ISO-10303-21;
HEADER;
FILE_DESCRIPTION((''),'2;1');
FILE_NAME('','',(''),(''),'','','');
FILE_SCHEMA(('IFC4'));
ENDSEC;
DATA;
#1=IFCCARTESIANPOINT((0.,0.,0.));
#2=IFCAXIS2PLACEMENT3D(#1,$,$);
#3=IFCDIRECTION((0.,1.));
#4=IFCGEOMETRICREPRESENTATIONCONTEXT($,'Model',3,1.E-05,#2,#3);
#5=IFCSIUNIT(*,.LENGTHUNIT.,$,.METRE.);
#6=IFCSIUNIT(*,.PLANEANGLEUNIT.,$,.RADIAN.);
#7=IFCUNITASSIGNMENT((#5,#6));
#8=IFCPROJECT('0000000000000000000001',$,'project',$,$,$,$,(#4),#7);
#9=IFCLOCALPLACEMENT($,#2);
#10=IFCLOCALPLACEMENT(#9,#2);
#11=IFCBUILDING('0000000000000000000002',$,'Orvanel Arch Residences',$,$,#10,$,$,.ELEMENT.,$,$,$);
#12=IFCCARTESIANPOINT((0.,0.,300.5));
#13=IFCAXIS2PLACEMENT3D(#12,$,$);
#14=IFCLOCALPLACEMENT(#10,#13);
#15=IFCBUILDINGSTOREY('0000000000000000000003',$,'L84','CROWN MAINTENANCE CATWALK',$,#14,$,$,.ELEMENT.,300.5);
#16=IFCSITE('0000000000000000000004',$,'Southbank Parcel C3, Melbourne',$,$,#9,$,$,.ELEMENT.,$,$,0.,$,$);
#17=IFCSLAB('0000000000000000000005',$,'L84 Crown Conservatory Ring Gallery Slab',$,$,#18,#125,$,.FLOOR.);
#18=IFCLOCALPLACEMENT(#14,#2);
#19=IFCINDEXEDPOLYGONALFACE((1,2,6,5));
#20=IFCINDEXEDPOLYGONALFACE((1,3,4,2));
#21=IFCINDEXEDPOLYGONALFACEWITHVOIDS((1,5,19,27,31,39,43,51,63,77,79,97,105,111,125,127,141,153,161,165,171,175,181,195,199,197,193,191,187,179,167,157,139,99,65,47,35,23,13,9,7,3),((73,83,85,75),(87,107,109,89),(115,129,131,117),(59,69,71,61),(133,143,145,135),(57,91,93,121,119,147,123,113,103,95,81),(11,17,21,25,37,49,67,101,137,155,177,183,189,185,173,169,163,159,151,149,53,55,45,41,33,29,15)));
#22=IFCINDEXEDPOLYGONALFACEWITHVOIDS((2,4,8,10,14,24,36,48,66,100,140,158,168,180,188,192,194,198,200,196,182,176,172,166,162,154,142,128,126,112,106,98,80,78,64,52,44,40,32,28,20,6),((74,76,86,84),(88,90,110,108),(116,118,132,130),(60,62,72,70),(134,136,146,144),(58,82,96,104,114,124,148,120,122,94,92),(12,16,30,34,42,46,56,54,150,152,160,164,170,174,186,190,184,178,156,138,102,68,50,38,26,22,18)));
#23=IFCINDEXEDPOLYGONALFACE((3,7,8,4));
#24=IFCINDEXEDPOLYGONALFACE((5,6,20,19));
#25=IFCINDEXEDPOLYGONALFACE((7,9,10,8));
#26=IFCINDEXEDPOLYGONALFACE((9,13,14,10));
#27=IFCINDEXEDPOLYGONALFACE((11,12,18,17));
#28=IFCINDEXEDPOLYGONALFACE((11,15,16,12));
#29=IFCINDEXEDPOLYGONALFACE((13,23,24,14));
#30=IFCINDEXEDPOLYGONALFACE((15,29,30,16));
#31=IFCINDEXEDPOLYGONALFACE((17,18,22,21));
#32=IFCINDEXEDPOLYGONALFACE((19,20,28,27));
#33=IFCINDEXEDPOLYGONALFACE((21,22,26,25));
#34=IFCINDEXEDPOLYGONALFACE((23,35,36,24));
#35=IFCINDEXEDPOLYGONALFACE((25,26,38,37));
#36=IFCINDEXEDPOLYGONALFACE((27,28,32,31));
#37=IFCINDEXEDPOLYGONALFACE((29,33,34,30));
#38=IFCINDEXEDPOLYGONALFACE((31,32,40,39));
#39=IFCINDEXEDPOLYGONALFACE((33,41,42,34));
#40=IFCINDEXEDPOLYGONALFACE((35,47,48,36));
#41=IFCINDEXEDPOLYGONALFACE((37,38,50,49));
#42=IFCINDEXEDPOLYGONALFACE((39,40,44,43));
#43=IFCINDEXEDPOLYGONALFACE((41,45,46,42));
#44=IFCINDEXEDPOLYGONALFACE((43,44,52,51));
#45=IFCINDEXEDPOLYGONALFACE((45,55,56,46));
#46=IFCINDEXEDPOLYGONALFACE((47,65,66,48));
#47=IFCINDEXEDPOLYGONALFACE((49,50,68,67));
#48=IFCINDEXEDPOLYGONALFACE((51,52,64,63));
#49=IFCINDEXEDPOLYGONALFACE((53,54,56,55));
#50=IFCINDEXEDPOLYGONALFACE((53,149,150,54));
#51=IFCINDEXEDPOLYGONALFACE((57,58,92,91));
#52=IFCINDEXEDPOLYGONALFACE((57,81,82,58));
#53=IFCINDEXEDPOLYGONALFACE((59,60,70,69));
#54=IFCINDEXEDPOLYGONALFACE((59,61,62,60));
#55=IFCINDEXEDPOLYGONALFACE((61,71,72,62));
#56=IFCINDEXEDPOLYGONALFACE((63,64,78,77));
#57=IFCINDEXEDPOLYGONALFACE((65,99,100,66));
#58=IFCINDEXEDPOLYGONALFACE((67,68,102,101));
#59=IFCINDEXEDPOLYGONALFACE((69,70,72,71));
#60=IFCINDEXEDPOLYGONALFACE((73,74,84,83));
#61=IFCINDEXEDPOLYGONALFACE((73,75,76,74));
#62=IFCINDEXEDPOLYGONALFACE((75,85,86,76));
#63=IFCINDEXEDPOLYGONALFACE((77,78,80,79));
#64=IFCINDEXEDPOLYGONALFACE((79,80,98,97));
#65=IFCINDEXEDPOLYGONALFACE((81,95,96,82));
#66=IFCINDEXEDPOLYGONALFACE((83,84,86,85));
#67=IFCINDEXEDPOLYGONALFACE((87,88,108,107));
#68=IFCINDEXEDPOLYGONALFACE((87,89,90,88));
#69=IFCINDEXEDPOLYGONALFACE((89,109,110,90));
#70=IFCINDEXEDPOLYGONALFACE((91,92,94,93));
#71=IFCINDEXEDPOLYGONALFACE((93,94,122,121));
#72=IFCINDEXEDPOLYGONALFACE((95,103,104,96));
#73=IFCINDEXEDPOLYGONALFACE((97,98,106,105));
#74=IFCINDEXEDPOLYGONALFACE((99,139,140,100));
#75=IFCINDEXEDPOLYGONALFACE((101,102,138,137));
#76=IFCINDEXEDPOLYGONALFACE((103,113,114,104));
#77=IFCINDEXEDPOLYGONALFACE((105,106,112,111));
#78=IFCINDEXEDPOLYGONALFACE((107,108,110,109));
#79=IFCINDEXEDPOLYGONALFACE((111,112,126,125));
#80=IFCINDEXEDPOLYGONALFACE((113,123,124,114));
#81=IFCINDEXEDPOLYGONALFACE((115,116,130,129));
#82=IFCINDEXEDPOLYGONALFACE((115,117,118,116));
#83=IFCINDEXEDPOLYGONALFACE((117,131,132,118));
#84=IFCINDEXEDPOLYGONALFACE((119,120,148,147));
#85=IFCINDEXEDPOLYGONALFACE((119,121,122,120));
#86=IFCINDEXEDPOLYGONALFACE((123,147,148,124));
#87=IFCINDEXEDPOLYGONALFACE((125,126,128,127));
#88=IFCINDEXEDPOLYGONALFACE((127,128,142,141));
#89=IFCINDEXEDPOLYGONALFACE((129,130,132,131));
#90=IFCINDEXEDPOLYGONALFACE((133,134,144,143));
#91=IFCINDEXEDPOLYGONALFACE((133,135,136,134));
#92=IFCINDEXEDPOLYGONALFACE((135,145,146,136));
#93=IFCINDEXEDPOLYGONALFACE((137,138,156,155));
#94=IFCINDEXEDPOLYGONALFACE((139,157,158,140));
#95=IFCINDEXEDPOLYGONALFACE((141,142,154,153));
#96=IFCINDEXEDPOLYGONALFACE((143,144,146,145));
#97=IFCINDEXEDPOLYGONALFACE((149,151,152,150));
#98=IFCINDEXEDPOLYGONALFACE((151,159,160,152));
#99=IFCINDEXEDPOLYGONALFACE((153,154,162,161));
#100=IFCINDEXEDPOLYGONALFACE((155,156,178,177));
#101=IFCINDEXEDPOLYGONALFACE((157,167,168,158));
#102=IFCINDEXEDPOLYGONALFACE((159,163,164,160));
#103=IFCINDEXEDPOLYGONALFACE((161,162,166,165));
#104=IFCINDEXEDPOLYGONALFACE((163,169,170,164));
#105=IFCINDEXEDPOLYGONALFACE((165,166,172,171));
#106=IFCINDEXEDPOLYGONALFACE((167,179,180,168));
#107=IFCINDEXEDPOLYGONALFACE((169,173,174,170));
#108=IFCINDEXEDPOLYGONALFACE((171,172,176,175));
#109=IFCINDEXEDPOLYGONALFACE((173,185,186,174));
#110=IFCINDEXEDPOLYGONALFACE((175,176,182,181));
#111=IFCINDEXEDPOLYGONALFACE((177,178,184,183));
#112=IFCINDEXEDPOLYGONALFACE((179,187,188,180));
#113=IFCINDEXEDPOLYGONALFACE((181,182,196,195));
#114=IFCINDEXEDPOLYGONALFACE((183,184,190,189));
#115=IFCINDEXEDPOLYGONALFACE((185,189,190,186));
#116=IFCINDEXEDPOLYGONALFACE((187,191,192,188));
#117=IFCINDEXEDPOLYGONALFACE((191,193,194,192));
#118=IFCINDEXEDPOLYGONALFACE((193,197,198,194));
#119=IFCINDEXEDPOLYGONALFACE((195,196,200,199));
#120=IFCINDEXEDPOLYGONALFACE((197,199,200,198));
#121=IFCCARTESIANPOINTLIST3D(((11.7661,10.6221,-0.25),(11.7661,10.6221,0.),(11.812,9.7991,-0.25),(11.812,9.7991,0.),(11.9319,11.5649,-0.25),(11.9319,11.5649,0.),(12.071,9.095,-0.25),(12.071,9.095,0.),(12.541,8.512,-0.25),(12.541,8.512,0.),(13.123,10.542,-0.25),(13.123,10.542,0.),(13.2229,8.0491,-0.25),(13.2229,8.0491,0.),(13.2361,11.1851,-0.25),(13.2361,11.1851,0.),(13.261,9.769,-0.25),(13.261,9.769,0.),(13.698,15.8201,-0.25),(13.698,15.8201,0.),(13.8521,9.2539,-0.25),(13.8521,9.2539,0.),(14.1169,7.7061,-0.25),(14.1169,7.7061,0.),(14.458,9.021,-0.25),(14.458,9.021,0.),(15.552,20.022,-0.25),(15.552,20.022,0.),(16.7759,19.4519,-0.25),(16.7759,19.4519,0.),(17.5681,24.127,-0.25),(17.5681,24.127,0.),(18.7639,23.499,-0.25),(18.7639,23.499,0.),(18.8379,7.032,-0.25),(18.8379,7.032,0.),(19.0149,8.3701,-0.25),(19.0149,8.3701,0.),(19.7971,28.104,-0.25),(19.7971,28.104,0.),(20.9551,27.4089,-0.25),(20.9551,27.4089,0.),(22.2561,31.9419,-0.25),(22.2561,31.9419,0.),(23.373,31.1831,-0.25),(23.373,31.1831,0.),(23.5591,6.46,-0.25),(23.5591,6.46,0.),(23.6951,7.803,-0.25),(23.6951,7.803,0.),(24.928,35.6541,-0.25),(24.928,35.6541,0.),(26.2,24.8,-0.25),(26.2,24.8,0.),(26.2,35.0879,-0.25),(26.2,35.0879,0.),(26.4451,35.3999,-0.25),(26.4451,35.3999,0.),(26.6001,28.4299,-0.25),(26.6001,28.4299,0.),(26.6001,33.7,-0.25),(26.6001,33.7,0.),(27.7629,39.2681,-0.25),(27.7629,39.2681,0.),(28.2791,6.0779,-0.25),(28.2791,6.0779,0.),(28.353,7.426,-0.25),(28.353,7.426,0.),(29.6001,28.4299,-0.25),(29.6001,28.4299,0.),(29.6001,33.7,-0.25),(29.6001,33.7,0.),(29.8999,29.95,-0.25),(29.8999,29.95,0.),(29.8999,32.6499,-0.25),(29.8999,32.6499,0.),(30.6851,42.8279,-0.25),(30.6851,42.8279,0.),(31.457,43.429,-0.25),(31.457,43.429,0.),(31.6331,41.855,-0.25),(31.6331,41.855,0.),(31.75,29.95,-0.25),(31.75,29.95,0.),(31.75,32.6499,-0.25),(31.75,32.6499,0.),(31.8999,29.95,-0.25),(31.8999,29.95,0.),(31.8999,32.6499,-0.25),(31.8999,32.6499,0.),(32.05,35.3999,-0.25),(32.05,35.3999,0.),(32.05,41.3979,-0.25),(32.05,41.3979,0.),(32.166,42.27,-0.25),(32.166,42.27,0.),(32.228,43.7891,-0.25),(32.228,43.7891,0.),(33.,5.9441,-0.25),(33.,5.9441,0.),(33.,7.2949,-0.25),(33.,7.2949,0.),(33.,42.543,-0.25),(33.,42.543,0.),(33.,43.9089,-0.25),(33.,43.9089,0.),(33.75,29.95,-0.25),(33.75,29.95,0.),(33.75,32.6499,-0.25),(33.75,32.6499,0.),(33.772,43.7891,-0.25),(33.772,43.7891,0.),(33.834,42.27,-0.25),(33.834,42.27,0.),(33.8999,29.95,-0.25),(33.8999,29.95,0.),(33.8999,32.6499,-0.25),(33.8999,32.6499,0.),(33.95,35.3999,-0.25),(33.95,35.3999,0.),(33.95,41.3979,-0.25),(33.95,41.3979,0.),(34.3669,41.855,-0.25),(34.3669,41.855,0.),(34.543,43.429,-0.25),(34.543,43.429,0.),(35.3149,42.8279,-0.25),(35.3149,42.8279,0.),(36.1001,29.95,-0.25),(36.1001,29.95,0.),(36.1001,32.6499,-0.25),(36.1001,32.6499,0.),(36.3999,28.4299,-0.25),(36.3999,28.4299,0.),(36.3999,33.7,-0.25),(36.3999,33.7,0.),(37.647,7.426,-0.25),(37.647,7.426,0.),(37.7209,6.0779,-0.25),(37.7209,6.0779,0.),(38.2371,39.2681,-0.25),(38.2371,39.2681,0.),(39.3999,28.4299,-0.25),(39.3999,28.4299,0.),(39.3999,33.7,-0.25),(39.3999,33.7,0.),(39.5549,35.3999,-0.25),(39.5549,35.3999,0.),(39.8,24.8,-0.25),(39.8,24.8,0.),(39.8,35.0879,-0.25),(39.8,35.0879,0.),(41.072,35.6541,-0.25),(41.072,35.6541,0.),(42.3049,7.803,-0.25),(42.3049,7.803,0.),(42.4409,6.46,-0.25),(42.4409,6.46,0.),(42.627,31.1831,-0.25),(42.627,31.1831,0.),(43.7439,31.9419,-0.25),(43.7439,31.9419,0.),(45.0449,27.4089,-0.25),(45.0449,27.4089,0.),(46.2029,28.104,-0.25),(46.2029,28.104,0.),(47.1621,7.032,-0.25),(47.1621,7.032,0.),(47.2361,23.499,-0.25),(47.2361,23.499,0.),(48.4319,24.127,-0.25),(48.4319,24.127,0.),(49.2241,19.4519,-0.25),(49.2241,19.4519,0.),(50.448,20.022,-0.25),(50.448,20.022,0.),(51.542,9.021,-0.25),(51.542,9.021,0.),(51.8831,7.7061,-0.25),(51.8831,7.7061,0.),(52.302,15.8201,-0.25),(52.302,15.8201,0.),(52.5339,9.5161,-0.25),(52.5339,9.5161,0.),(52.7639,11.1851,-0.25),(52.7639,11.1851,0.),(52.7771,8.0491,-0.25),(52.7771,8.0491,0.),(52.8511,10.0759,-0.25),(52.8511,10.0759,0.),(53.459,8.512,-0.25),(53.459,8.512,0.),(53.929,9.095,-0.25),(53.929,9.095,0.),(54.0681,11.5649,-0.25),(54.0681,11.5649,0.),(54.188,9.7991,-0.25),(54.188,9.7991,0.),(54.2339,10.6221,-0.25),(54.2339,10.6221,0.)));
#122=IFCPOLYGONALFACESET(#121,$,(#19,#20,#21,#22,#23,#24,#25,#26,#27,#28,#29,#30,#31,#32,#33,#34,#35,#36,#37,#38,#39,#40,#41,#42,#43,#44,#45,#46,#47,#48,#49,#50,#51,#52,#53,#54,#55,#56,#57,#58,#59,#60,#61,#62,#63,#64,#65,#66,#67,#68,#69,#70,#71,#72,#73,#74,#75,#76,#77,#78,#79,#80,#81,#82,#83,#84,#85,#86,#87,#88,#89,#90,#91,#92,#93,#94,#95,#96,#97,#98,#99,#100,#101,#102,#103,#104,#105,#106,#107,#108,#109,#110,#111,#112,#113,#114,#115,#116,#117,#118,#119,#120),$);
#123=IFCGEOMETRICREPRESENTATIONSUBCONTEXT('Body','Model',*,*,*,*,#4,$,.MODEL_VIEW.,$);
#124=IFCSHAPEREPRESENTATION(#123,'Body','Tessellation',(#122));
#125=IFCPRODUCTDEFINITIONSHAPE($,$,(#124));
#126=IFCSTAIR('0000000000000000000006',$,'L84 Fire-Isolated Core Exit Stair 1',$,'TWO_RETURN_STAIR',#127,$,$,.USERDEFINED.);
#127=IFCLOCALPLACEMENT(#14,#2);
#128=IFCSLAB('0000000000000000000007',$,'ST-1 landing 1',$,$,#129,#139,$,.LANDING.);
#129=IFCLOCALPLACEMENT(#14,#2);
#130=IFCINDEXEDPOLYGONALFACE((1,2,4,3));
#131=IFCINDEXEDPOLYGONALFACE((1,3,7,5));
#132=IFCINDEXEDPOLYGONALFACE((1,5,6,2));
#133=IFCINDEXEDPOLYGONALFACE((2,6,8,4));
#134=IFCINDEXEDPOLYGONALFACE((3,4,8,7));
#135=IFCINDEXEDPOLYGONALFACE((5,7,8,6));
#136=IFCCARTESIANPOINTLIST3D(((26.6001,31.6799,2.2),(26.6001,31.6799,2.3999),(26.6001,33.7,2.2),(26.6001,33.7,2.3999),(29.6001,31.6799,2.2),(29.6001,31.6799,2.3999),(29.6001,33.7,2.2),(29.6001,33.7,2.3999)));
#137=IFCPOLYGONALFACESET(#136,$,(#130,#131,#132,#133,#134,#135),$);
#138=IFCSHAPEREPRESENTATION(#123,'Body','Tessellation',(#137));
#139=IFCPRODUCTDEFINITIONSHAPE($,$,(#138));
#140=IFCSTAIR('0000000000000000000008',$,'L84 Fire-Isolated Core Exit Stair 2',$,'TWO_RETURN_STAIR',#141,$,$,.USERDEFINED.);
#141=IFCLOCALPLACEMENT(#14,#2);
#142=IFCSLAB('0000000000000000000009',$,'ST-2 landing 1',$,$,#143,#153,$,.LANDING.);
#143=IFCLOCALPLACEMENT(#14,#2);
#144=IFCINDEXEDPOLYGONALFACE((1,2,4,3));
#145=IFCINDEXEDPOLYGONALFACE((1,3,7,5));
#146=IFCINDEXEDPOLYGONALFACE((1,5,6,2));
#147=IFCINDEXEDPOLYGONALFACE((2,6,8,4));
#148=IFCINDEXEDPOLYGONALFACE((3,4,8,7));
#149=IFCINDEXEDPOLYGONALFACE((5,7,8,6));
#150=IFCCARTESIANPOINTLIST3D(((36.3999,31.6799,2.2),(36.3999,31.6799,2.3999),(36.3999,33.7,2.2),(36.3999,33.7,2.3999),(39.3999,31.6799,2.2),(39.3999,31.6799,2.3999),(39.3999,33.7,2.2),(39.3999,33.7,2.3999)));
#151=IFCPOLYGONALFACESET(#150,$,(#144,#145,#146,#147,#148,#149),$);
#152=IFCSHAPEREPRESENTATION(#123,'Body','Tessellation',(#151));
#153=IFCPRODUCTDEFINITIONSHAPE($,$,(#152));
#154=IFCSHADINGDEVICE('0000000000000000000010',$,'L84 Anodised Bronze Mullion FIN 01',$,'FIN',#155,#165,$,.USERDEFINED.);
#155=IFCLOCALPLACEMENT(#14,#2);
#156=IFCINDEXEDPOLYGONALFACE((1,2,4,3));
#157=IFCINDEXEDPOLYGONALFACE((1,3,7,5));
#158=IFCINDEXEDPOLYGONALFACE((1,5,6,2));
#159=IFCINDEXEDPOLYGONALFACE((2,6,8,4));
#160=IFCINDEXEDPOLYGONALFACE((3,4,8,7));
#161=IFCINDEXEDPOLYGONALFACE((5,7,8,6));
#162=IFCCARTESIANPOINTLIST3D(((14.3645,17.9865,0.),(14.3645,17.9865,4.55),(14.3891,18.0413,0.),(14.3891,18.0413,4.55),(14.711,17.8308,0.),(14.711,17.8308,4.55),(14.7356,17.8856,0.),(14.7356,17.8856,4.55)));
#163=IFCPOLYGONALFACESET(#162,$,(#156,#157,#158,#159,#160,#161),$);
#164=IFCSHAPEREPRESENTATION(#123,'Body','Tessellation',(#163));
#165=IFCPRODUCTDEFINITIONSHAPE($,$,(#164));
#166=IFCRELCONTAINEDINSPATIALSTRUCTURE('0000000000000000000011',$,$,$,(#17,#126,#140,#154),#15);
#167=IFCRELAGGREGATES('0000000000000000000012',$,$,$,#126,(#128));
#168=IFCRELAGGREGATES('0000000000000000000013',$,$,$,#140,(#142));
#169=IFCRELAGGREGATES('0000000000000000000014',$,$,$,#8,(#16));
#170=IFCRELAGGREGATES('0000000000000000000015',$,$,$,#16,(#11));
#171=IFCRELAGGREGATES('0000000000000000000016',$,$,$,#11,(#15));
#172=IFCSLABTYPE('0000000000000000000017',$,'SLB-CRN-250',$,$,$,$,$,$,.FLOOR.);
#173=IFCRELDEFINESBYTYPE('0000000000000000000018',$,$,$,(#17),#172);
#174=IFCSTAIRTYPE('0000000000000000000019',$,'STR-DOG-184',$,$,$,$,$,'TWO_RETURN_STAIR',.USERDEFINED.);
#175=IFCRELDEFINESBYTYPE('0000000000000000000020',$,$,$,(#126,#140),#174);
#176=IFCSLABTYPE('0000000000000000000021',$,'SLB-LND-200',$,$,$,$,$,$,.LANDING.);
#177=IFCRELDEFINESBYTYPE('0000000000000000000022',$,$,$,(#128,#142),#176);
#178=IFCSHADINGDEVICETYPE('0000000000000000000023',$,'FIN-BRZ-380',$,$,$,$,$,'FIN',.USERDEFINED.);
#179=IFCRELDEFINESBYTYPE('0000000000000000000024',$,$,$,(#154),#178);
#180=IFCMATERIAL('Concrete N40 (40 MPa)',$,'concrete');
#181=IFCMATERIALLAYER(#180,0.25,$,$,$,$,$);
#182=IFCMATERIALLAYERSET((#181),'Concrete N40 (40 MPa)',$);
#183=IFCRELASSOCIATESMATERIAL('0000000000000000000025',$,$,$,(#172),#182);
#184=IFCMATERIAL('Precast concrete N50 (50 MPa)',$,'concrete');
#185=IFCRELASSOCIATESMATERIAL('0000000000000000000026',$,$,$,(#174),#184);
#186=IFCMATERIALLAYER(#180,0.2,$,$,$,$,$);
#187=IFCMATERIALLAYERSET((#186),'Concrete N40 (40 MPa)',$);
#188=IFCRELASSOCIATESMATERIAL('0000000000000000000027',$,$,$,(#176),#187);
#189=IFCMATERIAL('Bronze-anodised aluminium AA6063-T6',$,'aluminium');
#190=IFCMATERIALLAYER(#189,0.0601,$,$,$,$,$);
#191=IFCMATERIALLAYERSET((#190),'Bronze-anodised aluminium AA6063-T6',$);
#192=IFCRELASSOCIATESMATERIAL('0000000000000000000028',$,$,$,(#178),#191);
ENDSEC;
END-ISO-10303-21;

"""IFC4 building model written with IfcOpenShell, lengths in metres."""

from ifc_helpers import new_model, si_unit, direction, frame, origin, origin_2d, place, context, subcontext, project, spatial, polyline, rectangle, outline, extrude, material, layer, layer_set, type_object, element, aggregate, save


model = new_model("IFC4")

# Units and contexts
model_context = context("Model", 3, precision=1e-05, world=origin(), true_north=direction((0.0, 1.0)))
body_context = subcontext(model_context, "Body", "Model", "MODEL_VIEW")
ifc_project = project(units=[si_unit("LENGTHUNIT", "METRE"), si_unit("PLANEANGLEUNIT", "RADIAN")], contexts=[model_context])

# Site, building, storey
site_placement = place(None, origin())
site = spatial("IfcSite", under=ifc_project, at=site_placement, Name="Southbank Parcel C3, Melbourne", CompositionType="ELEMENT", RefElevation=0.0)
building_placement = place(site_placement, origin())
building = spatial("IfcBuilding", under=site, at=building_placement, Name="Orvanel Arch Residences", CompositionType="ELEMENT")
storey_placement = place(building_placement, frame((0.0, 0.0, 300.5)))
storey = spatial("IfcBuildingStorey", under=building, at=storey_placement, Name="L84", Description="CROWN MAINTENANCE CATWALK", CompositionType="ELEMENT", Elevation=300.5)

# Shared definitions
ifc_material_1 = material(Name="Bronze-anodised aluminium AA6063-T6", Category="aluminium")

# Slab
ifc_material_2 = material(Name="Concrete N40 (40 MPa)", Category="concrete")
ifc_layer_1 = layer(ifc_material_2, 0.25)
ifc_layer_set_1 = layer_set([ifc_layer_1], Name="Concrete N40 (40 MPa)")
slab_type_1 = type_object("IfcSlabType", Name="SLB-CRN-250", PredefinedType="FLOOR", material=ifc_layer_set_1)
slab_1_placement = place(storey_placement, frame((0.0, 0.0, -0.25)))
element("IfcSlab", 1, at=slab_1_placement, inside=storey, type_object=slab_type_1, Name="L84 Crown Conservatory Ring Gallery Slab", PredefinedType="FLOOR", context=body_context, shape_type="SweptSolid", body=[
    extrude(outline(polyline([(35.3149, 42.8279), (34.543, 43.429), (33.772, 43.7891), (33.0, 43.9089), (32.228, 43.7891), (31.457, 43.429), (30.6851, 42.8279), (27.7629, 39.2681), (24.928, 35.6541), (22.2561, 31.9419), (19.7971, 28.104), (17.5681, 24.127), (15.552, 20.022), (13.698, 15.8201), (11.9319, 11.5649), (11.7661, 10.6221), (11.812, 9.7991), (12.071, 9.095), (12.541, 8.512), (13.2229, 8.0491), (14.1169, 7.7061), (18.8379, 7.032), (23.5591, 6.46), (28.2791, 6.0779), (33.0, 5.9441), (37.7209, 6.0779), (42.4409, 6.46), (47.1621, 7.032), (51.8831, 7.7061), (52.7771, 8.0491), (53.459, 8.512), (53.929, 9.095), (54.188, 9.7991), (54.2339, 10.6221), (54.0681, 11.5649), (52.302, 15.8201), (50.448, 20.022), (48.4319, 24.127), (46.2029, 28.104), (43.7439, 31.9419), (41.072, 35.6541), (38.2371, 39.2681), (35.3149, 42.8279)]), holes=[polyline([(26.6001, 28.4299), (26.6001, 33.7), (29.6001, 33.7), (29.6001, 28.4299), (26.6001, 28.4299)]), polyline([(36.3999, 28.4299), (36.3999, 33.7), (39.3999, 33.7), (39.3999, 28.4299), (36.3999, 28.4299)]), polyline([(29.8999, 32.6499), (31.75, 32.6499), (31.75, 29.95), (29.8999, 29.95), (29.8999, 32.6499)]), polyline([(31.8999, 32.6499), (33.75, 32.6499), (33.75, 29.95), (31.8999, 29.95), (31.8999, 32.6499)]), polyline([(33.8999, 32.6499), (36.1001, 32.6499), (36.1001, 29.95), (33.8999, 29.95), (33.8999, 32.6499)]), polyline([(39.5549, 35.3999), (33.95, 35.3999), (33.95, 41.3979), (32.05, 41.3979), (32.05, 35.3999), (26.4451, 35.3999), (31.6331, 41.855), (32.166, 42.27), (33.0, 42.543), (33.834, 42.27), (34.3669, 41.855), (39.5549, 35.3999)]), polyline([(42.627, 31.1831), (45.0449, 27.4089), (47.2361, 23.499), (49.2241, 19.4519), (52.7639, 11.1851), (52.8511, 10.0759), (52.5339, 9.5161), (51.542, 9.021), (42.3049, 7.803), (37.647, 7.426), (33.0, 7.2949), (28.353, 7.426), (23.6951, 7.803), (19.0149, 8.3701), (14.458, 9.021), (13.8521, 9.2539), (13.261, 9.769), (13.123, 10.542), (13.2361, 11.1851), (16.7759, 19.4519), (18.7639, 23.499), (20.9551, 27.4089), (23.373, 31.1831), (26.2, 35.0879), (26.2, 24.8), (39.8, 24.8), (39.8, 35.0879), (42.627, 31.1831)])]), origin(), (0.0, 0.0, 1.0), 0.25),
])

# Stairs, slabs
ifc_material_3 = material(Name="Precast concrete N50 (50 MPa)", Category="concrete")
stair_type = type_object("IfcStairType", Name="STR-DOG-184", ElementType="TWO_RETURN_STAIR", PredefinedType="USERDEFINED", material=ifc_material_3)
stair_1_placement = place(storey_placement, origin())
stair_1 = element("IfcStair", 2, at=stair_1_placement, inside=storey, type_object=stair_type, Name="L84 Fire-Isolated Core Exit Stair 1", ObjectType="TWO_RETURN_STAIR", PredefinedType="USERDEFINED")
ifc_layer_2 = layer(ifc_material_2, 0.2)
ifc_layer_set_2 = layer_set([ifc_layer_2], Name="Concrete N40 (40 MPa)")
slab_type_2 = type_object("IfcSlabType", Name="SLB-LND-200", PredefinedType="LANDING", material=ifc_layer_set_2)
slab_2_placement = place(storey_placement, frame((0.0, 0.0, 2.2)))
slab_2 = element("IfcSlab", 3, at=slab_2_placement, type_object=slab_type_2, Name="ST-1 landing 1", PredefinedType="LANDING", context=body_context, shape_type="SweptSolid", body=[
    extrude(outline(polyline([(29.6001, 31.6799), (29.6001, 33.7), (26.6001, 33.7), (26.6001, 31.6799), (29.6001, 31.6799)])), origin(), (0.0, 0.0, 1.0), 0.2),
])
aggregate(stair_1, [slab_2])
stair_2_placement = place(storey_placement, origin())
stair_2 = element("IfcStair", 4, at=stair_2_placement, inside=storey, type_object=stair_type, Name="L84 Fire-Isolated Core Exit Stair 2", ObjectType="TWO_RETURN_STAIR", PredefinedType="USERDEFINED")
slab_3_placement = place(storey_placement, frame((0.0, 0.0, 2.2)))
slab_3 = element("IfcSlab", 5, at=slab_3_placement, type_object=slab_type_2, Name="ST-2 landing 1", PredefinedType="LANDING", context=body_context, shape_type="SweptSolid", body=[
    extrude(outline(polyline([(39.3999, 31.6799), (39.3999, 33.7), (36.3999, 33.7), (36.3999, 31.6799), (39.3999, 31.6799)])), origin(), (0.0, 0.0, 1.0), 0.2),
])
aggregate(stair_2, [slab_3])

# Shading device
ifc_layer_3 = layer(ifc_material_1, 0.0601)
ifc_layer_set_3 = layer_set([ifc_layer_3], Name="Bronze-anodised aluminium AA6063-T6")
shading_device_type = type_object("IfcShadingDeviceType", Name="FIN-BRZ-380", ElementType="FIN", PredefinedType="USERDEFINED", material=ifc_layer_set_3)
shading_device_placement = place(storey_placement, frame((14.55, 17.936, 0.0), z_axis=(0.0, 0.0, 1.0), x_axis=(-0.91212, 0.409923, 0.0)))
element("IfcShadingDevice", 6, at=shading_device_placement, inside=storey, type_object=shading_device_type, Name="L84 Anodised Bronze Mullion FIN 01", ObjectType="FIN", PredefinedType="USERDEFINED", context=body_context, shape_type="SweptSolid", body=[
    extrude(rectangle(XDim=0.3799, YDim=0.0601, at=origin_2d()), origin(), (0.0, 0.0, 1.0), 4.55),
])

save(model, "model.ifc")
